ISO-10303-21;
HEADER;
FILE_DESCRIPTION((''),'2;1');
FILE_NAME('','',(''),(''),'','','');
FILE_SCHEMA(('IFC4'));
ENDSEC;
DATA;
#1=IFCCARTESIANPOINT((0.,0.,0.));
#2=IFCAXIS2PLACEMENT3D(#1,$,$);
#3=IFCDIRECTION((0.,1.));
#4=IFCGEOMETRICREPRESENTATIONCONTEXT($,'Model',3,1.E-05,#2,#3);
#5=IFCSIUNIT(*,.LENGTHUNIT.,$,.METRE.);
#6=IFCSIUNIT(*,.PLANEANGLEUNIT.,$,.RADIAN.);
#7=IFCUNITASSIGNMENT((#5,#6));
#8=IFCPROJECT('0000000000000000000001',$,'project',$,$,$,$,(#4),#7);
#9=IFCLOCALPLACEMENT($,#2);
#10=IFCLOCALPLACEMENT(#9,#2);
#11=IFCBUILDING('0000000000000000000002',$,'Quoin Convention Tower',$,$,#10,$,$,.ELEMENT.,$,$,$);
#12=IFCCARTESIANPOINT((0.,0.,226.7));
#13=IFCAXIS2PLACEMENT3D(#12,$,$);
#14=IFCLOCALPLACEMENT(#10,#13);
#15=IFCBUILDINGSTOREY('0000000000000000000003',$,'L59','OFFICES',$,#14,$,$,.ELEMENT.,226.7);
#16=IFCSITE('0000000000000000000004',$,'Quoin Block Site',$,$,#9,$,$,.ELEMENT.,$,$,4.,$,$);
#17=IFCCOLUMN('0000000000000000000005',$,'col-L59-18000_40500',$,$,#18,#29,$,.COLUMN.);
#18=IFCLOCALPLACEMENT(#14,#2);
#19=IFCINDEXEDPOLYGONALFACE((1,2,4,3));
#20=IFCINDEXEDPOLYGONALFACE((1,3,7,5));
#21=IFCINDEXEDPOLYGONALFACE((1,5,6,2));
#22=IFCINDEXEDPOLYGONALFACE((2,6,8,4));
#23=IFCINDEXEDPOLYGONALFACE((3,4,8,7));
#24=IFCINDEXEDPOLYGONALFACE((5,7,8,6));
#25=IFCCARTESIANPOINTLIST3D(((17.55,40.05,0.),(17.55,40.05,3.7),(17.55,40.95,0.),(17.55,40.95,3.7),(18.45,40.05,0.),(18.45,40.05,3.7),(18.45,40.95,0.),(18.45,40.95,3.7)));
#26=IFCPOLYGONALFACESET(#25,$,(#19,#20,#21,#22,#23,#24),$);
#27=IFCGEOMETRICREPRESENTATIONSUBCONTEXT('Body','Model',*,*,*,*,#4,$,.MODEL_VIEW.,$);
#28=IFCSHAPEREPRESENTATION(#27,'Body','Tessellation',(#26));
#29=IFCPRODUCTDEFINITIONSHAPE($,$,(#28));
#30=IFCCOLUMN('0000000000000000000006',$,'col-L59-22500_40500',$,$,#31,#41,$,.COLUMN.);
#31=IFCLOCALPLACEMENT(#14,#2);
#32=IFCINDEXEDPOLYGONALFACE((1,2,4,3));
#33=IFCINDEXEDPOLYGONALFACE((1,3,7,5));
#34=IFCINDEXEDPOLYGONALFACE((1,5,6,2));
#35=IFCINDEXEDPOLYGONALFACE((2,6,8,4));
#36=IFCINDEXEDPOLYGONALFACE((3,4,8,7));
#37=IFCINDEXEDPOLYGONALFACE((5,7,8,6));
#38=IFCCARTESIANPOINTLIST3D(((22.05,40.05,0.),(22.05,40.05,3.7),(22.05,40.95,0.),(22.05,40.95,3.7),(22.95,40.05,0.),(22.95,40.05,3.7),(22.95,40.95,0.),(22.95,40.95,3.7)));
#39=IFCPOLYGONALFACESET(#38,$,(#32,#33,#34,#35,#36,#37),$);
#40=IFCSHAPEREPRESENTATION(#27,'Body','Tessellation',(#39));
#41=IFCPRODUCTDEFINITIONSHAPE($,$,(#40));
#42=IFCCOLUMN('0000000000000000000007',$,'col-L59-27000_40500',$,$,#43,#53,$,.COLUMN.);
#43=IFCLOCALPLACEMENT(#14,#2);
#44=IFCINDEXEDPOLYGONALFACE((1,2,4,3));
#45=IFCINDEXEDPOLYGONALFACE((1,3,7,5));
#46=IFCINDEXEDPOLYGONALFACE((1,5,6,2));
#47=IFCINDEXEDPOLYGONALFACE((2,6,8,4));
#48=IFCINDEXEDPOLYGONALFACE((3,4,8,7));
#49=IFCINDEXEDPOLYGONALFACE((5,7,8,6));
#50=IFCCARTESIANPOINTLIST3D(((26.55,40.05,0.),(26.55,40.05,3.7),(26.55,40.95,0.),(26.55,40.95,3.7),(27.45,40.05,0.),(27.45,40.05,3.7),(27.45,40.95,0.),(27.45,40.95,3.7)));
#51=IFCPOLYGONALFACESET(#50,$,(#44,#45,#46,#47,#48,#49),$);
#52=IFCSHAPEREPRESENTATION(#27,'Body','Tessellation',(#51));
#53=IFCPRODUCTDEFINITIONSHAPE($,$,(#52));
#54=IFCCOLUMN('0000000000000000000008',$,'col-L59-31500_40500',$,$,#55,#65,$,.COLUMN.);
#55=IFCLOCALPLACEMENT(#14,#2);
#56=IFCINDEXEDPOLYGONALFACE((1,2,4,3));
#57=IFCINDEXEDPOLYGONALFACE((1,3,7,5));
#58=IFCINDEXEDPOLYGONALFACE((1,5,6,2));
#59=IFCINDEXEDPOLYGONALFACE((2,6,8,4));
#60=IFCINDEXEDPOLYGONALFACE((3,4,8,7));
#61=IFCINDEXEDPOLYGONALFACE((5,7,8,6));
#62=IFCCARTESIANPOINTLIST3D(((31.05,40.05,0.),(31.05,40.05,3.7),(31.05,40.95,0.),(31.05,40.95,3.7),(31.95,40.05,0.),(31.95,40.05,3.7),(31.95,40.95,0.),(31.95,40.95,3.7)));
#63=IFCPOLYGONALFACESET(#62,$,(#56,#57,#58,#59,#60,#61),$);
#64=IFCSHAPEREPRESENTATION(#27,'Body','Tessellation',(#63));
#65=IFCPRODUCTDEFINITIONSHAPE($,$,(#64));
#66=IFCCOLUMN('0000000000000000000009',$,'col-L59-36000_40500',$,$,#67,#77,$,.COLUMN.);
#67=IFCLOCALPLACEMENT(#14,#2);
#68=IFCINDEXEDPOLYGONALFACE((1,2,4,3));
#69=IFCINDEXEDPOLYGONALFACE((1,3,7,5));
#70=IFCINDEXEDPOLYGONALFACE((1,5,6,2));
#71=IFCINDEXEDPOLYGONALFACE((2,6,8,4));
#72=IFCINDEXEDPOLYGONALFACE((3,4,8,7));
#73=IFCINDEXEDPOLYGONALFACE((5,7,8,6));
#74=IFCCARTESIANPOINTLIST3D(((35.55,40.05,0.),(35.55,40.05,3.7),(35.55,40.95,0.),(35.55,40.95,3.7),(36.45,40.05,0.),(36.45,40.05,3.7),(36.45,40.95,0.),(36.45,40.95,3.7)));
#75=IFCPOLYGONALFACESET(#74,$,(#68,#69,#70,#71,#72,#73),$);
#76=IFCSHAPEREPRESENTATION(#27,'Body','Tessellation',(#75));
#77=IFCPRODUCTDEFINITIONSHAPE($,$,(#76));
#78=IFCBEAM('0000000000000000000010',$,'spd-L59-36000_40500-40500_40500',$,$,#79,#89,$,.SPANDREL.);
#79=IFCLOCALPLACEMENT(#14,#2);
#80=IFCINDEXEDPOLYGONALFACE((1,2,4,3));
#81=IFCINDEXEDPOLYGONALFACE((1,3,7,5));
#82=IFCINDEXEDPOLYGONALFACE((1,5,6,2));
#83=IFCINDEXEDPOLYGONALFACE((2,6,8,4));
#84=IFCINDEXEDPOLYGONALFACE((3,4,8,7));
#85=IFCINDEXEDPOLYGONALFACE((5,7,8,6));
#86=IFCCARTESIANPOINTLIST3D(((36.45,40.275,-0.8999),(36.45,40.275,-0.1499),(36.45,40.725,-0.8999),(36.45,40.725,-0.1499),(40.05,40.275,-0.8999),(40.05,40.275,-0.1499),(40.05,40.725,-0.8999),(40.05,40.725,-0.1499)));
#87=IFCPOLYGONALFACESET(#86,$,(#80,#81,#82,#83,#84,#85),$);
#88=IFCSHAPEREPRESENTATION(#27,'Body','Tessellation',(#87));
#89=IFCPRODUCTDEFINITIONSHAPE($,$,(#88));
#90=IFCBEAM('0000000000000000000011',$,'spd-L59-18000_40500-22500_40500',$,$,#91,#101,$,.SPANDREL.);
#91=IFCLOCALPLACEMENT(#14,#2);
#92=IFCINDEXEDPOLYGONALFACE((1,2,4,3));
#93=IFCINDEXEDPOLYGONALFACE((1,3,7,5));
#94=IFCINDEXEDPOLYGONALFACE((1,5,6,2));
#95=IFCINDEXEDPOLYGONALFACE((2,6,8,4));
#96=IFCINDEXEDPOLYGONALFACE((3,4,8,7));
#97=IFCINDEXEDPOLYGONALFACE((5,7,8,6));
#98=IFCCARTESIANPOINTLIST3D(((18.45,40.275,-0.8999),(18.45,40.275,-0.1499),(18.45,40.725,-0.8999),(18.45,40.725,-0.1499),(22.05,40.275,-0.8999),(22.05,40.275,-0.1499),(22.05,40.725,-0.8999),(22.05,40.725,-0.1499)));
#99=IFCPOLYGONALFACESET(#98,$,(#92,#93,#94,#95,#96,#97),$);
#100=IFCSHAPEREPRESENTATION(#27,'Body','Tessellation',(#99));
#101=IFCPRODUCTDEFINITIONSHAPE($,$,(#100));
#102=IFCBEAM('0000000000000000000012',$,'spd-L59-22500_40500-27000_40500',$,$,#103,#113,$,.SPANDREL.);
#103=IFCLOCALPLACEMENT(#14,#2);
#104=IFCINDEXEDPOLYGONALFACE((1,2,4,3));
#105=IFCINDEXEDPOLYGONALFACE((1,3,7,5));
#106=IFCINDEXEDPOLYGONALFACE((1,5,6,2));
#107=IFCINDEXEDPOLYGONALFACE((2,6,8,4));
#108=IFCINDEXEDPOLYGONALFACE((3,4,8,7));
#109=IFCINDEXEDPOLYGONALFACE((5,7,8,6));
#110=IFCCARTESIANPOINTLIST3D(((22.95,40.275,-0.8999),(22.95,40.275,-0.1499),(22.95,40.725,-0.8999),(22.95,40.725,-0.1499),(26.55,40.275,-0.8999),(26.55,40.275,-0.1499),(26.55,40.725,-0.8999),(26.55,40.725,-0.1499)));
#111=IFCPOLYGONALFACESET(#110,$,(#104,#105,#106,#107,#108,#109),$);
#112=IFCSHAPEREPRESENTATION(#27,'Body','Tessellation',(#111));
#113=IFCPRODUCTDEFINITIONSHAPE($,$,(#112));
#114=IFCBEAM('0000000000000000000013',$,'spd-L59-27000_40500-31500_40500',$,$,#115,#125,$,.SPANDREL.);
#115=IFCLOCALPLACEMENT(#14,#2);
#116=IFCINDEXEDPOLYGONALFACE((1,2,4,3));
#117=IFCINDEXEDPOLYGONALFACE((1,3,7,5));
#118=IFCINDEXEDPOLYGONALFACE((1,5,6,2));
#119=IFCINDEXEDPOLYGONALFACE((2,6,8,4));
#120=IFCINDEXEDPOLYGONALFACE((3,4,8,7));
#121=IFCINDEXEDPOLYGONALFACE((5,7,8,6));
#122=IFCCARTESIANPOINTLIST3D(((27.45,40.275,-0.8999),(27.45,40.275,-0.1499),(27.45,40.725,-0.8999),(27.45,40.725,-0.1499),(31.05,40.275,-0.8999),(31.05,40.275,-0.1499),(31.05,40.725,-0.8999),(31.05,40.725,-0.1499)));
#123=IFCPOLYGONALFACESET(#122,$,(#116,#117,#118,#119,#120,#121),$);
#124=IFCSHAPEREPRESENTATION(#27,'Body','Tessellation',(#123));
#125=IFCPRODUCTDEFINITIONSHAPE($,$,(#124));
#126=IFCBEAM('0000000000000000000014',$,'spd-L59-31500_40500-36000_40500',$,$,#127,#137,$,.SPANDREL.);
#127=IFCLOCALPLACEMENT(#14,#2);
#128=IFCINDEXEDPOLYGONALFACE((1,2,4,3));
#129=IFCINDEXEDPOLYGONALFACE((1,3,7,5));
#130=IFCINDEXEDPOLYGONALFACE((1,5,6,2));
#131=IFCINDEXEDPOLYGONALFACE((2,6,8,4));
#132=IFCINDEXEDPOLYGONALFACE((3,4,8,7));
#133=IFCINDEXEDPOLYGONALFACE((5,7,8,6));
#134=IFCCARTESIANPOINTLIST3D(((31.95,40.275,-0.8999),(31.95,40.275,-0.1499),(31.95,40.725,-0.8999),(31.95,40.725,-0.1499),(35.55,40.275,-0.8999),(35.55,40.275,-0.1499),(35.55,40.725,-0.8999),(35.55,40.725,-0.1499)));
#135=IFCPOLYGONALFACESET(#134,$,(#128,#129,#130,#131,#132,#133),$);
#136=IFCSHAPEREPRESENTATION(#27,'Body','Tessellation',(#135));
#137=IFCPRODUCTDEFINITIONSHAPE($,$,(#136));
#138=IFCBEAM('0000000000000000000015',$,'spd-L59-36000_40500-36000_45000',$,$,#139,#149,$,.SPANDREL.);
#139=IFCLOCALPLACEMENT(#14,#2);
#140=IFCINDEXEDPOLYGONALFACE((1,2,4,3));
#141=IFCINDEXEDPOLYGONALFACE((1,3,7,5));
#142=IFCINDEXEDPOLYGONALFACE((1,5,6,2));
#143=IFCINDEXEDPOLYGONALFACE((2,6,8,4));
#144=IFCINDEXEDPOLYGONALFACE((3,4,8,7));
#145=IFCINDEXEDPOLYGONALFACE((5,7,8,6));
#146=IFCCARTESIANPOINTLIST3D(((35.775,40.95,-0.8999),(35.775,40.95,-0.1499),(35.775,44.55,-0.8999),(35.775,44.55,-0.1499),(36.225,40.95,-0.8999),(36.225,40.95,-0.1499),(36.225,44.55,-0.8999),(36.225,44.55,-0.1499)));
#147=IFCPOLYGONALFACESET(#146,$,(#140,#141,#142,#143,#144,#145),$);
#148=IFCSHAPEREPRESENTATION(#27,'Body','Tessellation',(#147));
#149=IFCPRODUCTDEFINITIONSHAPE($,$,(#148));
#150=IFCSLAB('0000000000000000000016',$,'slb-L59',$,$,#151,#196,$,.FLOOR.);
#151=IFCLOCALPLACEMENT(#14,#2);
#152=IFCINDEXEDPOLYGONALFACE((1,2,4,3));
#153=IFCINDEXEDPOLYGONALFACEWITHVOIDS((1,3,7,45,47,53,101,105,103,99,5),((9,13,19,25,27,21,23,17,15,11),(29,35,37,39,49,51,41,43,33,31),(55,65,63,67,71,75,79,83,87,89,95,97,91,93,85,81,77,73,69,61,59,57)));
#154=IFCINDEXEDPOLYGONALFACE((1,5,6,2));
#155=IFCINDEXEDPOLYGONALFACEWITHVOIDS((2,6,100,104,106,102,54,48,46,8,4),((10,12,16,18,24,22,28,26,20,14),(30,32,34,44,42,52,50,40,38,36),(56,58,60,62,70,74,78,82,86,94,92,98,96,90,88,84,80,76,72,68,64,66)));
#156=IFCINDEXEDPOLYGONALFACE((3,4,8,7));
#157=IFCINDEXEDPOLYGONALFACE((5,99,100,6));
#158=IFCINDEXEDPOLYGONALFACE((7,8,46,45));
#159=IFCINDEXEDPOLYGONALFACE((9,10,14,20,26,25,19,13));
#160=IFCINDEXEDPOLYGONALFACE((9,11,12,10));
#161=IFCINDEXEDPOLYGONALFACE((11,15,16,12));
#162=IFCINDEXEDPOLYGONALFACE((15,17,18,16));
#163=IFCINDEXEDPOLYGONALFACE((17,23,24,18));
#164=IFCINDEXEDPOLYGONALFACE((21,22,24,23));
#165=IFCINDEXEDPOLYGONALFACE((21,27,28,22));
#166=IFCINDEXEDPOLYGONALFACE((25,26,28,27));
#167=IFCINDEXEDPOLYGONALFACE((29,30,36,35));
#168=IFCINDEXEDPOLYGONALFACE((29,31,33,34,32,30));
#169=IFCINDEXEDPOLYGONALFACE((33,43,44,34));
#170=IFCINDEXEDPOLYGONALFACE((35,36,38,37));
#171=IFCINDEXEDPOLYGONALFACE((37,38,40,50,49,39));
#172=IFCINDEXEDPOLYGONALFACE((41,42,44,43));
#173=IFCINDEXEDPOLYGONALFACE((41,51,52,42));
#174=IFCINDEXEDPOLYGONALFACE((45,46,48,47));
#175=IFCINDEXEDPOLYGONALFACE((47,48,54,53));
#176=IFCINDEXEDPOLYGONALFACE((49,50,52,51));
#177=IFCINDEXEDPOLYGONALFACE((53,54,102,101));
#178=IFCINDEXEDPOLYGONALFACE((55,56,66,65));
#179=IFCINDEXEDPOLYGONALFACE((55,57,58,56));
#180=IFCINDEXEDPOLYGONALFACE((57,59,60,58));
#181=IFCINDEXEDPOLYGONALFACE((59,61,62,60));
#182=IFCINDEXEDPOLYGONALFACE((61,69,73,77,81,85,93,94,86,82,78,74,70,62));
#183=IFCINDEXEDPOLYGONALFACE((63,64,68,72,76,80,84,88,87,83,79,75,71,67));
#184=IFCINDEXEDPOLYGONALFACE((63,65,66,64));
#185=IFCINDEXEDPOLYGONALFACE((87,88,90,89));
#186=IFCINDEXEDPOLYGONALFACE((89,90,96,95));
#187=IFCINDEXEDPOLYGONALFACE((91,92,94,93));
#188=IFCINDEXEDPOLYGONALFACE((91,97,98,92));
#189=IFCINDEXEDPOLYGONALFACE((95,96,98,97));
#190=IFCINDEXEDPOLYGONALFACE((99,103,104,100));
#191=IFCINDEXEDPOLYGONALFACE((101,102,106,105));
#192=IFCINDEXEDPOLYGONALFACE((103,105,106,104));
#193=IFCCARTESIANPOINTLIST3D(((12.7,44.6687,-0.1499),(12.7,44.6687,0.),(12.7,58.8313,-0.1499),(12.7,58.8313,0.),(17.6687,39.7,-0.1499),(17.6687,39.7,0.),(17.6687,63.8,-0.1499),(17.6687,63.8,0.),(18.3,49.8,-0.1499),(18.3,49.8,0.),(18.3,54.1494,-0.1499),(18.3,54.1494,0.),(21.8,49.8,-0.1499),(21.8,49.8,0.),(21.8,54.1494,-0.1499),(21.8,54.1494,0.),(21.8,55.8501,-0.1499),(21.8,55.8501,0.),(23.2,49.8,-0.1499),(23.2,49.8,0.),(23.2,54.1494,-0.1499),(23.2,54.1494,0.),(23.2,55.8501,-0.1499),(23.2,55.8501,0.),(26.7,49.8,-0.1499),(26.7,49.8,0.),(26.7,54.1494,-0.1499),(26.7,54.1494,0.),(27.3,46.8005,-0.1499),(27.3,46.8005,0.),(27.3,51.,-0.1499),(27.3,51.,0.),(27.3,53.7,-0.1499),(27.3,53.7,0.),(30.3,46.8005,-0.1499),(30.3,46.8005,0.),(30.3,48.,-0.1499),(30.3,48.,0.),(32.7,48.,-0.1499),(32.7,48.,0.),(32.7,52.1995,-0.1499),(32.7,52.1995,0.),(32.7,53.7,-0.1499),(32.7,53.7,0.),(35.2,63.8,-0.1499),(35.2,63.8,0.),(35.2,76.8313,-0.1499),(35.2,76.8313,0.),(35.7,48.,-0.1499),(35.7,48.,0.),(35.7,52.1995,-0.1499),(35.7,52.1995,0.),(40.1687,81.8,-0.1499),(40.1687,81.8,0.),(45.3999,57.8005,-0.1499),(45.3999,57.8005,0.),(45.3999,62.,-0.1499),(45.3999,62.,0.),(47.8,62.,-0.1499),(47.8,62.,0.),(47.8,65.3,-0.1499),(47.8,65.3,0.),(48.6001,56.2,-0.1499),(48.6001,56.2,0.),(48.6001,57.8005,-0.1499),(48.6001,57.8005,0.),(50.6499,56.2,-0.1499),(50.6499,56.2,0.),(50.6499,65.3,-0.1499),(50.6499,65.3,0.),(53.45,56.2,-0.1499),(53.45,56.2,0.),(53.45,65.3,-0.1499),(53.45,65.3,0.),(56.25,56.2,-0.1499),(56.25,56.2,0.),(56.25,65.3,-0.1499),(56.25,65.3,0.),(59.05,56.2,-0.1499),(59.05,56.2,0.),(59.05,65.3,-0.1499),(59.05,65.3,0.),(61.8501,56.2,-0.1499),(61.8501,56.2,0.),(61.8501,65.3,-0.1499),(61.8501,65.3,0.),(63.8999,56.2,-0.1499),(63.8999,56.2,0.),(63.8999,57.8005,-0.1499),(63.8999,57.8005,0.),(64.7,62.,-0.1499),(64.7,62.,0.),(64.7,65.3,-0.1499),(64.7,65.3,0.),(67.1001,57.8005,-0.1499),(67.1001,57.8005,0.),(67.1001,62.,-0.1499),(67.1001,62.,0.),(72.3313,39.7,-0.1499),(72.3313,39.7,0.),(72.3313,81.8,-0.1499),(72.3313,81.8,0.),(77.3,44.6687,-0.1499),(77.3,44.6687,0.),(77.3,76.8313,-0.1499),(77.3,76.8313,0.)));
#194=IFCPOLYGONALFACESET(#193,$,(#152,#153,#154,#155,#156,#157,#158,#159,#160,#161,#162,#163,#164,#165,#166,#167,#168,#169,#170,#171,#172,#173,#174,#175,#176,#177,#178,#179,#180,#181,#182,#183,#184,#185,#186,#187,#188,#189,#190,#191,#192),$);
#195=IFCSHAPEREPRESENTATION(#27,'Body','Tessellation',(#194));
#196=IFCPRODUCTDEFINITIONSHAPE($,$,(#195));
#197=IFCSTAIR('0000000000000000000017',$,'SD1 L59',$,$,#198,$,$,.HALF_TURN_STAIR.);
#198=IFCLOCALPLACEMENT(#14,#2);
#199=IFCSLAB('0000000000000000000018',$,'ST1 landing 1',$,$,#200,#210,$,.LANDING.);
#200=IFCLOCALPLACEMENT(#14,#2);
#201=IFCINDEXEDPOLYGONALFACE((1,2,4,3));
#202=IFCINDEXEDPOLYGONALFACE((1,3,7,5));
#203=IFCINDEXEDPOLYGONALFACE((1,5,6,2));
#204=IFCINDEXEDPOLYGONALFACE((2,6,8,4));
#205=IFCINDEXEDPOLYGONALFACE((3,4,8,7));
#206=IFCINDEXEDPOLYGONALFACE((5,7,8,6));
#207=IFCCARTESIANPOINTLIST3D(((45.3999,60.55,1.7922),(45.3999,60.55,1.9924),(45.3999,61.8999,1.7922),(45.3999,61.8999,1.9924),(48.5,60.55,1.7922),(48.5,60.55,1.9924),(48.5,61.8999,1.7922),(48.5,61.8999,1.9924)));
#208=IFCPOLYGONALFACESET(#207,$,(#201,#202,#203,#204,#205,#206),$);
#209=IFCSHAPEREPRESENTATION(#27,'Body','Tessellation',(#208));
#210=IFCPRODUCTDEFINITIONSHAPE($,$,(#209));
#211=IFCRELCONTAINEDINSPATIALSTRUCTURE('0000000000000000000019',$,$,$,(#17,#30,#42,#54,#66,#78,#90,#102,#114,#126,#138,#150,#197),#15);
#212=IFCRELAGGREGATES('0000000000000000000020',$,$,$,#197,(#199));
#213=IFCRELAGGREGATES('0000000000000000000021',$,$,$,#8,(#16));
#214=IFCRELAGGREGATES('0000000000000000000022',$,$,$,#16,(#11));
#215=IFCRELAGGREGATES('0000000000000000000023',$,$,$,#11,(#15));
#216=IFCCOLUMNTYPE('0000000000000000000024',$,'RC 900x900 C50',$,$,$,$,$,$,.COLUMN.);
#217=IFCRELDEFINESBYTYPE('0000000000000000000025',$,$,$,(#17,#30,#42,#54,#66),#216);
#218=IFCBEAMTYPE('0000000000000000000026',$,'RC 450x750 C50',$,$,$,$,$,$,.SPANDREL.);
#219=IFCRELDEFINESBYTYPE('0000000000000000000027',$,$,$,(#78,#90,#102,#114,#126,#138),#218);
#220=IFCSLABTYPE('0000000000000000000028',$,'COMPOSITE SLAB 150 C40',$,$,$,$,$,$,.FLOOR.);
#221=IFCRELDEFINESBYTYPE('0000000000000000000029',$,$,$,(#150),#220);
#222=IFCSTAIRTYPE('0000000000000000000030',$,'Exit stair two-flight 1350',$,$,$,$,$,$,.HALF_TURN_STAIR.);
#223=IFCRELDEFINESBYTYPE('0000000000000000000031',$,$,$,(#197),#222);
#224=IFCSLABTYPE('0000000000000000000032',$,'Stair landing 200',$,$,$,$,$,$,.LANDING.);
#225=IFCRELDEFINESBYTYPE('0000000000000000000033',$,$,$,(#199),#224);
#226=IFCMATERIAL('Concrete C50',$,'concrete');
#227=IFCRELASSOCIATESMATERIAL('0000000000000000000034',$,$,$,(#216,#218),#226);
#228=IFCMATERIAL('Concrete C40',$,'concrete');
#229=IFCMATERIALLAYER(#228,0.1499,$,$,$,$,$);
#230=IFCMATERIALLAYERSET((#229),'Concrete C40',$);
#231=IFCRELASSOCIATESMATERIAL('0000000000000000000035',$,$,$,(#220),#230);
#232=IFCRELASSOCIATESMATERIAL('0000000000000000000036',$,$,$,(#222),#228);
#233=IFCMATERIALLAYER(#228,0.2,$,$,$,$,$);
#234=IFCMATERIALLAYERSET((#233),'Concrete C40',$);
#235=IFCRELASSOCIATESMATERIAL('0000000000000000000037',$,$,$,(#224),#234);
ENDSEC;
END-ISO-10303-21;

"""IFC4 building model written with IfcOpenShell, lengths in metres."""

from ifc_helpers import new_model, si_unit, direction, frame, origin, origin_2d, place, context, subcontext, project, spatial, polyline, rectangle, outline, extrude, material, layer, layer_set, material_profile, profile_set, type_object, element, aggregate, save


model = new_model("IFC4")

# Units and contexts
model_context = context("Model", 3, precision=1e-05, world=origin(), true_north=direction((0.0, 1.0)))
body_context = subcontext(model_context, "Body", "Model", "MODEL_VIEW")
ifc_project = project(units=[si_unit("LENGTHUNIT", "METRE"), si_unit("PLANEANGLEUNIT", "RADIAN")], contexts=[model_context])

# Site, building, storey
site_placement = place(None, origin())
site = spatial("IfcSite", under=ifc_project, at=site_placement, Name="Quoin Block Site", CompositionType="ELEMENT", RefElevation=4.0)
building_placement = place(site_placement, origin())
building = spatial("IfcBuilding", under=site, at=building_placement, Name="Quoin Convention Tower", CompositionType="ELEMENT")
storey_placement = place(building_placement, frame((0.0, 0.0, 226.7)))
storey = spatial("IfcBuildingStorey", under=building, at=storey_placement, Name="L59", Description="OFFICES", CompositionType="ELEMENT", Elevation=226.7)

# Columns
ifc_material_1 = material(Name="Concrete C50", Category="concrete")
ifc_material_profile_1 = material_profile(ifc_material_1, rectangle(XDim=0.8999, YDim=0.8999, at=origin_2d()), Name="RC 900x900")
ifc_profile_set_1 = profile_set([ifc_material_profile_1], Name="Concrete C50")
column_type = type_object("IfcColumnType", Name="RC 900x900 C50", PredefinedType="COLUMN", material=ifc_profile_set_1)
for number, where, z_axis, x_axis, name in (
    (1, (18.0, 40.5, 0.0), (0.0, 0.0, 1.0), (1.0, 0.0, 0.0), "col-L59-18000_40500"),
    (2, (22.5, 40.5, 0.0), (0.0, 0.0, 1.0), (1.0, 0.0, 0.0), "col-L59-22500_40500"),
    (3, (27.0, 40.5, 0.0), (0.0, 0.0, 1.0), (1.0, 0.0, 0.0), "col-L59-27000_40500"),
    (4, (31.5, 40.5, 0.0), (0.0, 0.0, 1.0), (1.0, 0.0, 0.0), "col-L59-31500_40500"),
    (5, (36.0, 40.5, 0.0), (0.0, 0.0, 1.0), (1.0, 0.0, 0.0), "col-L59-36000_40500"),
):
    element("IfcColumn", number, at=place(storey_placement, frame(where, z_axis=z_axis, x_axis=x_axis)), inside=storey, type_object=column_type, Name=name, PredefinedType="COLUMN", context=body_context, shape_type="SweptSolid", body=[
        extrude(rectangle(XDim=0.8999, YDim=0.8999, at=origin_2d()), origin(), (0.0, 0.0, 1.0), 3.7),
    ])

# Beams
ifc_material_profile_2 = material_profile(ifc_material_1, rectangle(XDim=0.45, YDim=0.75, at=origin_2d()), Name="RC 450x750")
ifc_profile_set_2 = profile_set([ifc_material_profile_2], Name="Concrete C50")
beam_type = type_object("IfcBeamType", Name="RC 450x750 C50", PredefinedType="SPANDREL", material=ifc_profile_set_2)
for number, where, z_axis, x_axis, name in (
    (6, (36.45, 40.5, -0.5249), (1.0, 0.0, 0.0), (0.0, 1.0, 0.0), "spd-L59-36000_40500-40500_40500"),
    (7, (18.45, 40.5, -0.5249), (1.0, 0.0, 0.0), (0.0, 1.0, 0.0), "spd-L59-18000_40500-22500_40500"),
    (8, (22.95, 40.5, -0.5249), (1.0, 0.0, 0.0), (0.0, 1.0, 0.0), "spd-L59-22500_40500-27000_40500"),
    (9, (27.45, 40.5, -0.5249), (1.0, 0.0, 0.0), (0.0, 1.0, 0.0), "spd-L59-27000_40500-31500_40500"),
    (10, (31.95, 40.5, -0.5249), (1.0, 0.0, 0.0), (0.0, 1.0, 0.0), "spd-L59-31500_40500-36000_40500"),
    (11, (36.0, 40.95, -0.5249), (0.0, 1.0, 0.0), (-1.0, 0.0, 0.0), "spd-L59-36000_40500-36000_45000"),
):
    element("IfcBeam", number, at=place(storey_placement, frame(where, z_axis=z_axis, x_axis=x_axis)), inside=storey, type_object=beam_type, Name=name, PredefinedType="SPANDREL", context=body_context, shape_type="SweptSolid", body=[
        extrude(rectangle(XDim=0.45, YDim=0.75, at=origin_2d()), origin(), (0.0, 0.0, 1.0), 3.6001),
    ])

# Slab
ifc_material_2 = material(Name="Concrete C40", Category="concrete")
ifc_layer_1 = layer(ifc_material_2, 0.1499)
ifc_layer_set_1 = layer_set([ifc_layer_1], Name="Concrete C40")
slab_type_1 = type_object("IfcSlabType", Name="COMPOSITE SLAB 150 C40", PredefinedType="FLOOR", material=ifc_layer_set_1)
slab_1_placement = place(storey_placement, frame((0.0, 0.0, -0.1499)))
element("IfcSlab", 12, at=slab_1_placement, inside=storey, type_object=slab_type_1, Name="slb-L59", PredefinedType="FLOOR", context=body_context, shape_type="SweptSolid", body=[
    extrude(outline(polyline([(17.6687, 39.7), (12.7, 44.6687), (12.7, 58.8313), (17.6687, 63.8), (35.2, 63.8), (35.2, 76.8313), (40.1687, 81.8), (72.3313, 81.8), (77.3, 76.8313), (77.3, 44.6687), (72.3313, 39.7), (17.6687, 39.7)]), holes=[polyline([(27.3, 51.0), (27.3, 46.8005), (30.3, 46.8005), (30.3, 48.0), (32.7, 48.0), (35.7, 48.0), (35.7, 52.1995), (32.7, 52.1995), (32.7, 53.7), (27.3, 53.7), (27.3, 51.0)]), polyline([(18.3, 49.8), (21.8, 49.8), (23.2, 49.8), (26.7, 49.8), (26.7, 54.1494), (23.2, 54.1494), (23.2, 55.8501), (21.8, 55.8501), (21.8, 54.1494), (18.3, 54.1494), (18.3, 49.8)]), polyline([(48.6001, 56.2), (50.6499, 56.2), (53.45, 56.2), (56.25, 56.2), (59.05, 56.2), (61.8501, 56.2), (63.8999, 56.2), (63.8999, 57.8005), (67.1001, 57.8005), (67.1001, 62.0), (64.7, 62.0), (64.7, 65.3), (61.8501, 65.3), (59.05, 65.3), (56.25, 65.3), (53.45, 65.3), (50.6499, 65.3), (47.8, 65.3), (47.8, 62.0), (45.3999, 62.0), (45.3999, 57.8005), (48.6001, 57.8005), (48.6001, 56.2)])]), origin(), (0.0, 0.0, 1.0), 0.1499),
])

# Stair, slab
stair_type_1 = type_object("IfcStairType", Name="Exit stair two-flight 1350", PredefinedType="HALF_TURN_STAIR", material=ifc_material_2)
stair_1_placement = place(storey_placement, origin())
stair_1 = element("IfcStair", 13, at=stair_1_placement, inside=storey, type_object=stair_type_1, Name="SD1 L59", PredefinedType="HALF_TURN_STAIR")
ifc_layer_2 = layer(ifc_material_2, 0.2)
ifc_layer_set_2 = layer_set([ifc_layer_2], Name="Concrete C40")
slab_type_2 = type_object("IfcSlabType", Name="Stair landing 200", PredefinedType="LANDING", material=ifc_layer_set_2)
slab_2_placement = place(storey_placement, frame((0.0, 0.0, 1.7922)))
slab_2 = element("IfcSlab", 14, at=slab_2_placement, type_object=slab_type_2, Name="ST1 landing 1", PredefinedType="LANDING", context=body_context, shape_type="SweptSolid", body=[
    extrude(outline(polyline([(45.3999, 60.55), (48.5, 60.55), (48.5, 61.8999), (45.3999, 61.8999), (45.3999, 60.55)])), origin(), (0.0, 0.0, 1.0), 0.2002),
])
aggregate(stair_1, [slab_2])

save(model, "model.ifc")
